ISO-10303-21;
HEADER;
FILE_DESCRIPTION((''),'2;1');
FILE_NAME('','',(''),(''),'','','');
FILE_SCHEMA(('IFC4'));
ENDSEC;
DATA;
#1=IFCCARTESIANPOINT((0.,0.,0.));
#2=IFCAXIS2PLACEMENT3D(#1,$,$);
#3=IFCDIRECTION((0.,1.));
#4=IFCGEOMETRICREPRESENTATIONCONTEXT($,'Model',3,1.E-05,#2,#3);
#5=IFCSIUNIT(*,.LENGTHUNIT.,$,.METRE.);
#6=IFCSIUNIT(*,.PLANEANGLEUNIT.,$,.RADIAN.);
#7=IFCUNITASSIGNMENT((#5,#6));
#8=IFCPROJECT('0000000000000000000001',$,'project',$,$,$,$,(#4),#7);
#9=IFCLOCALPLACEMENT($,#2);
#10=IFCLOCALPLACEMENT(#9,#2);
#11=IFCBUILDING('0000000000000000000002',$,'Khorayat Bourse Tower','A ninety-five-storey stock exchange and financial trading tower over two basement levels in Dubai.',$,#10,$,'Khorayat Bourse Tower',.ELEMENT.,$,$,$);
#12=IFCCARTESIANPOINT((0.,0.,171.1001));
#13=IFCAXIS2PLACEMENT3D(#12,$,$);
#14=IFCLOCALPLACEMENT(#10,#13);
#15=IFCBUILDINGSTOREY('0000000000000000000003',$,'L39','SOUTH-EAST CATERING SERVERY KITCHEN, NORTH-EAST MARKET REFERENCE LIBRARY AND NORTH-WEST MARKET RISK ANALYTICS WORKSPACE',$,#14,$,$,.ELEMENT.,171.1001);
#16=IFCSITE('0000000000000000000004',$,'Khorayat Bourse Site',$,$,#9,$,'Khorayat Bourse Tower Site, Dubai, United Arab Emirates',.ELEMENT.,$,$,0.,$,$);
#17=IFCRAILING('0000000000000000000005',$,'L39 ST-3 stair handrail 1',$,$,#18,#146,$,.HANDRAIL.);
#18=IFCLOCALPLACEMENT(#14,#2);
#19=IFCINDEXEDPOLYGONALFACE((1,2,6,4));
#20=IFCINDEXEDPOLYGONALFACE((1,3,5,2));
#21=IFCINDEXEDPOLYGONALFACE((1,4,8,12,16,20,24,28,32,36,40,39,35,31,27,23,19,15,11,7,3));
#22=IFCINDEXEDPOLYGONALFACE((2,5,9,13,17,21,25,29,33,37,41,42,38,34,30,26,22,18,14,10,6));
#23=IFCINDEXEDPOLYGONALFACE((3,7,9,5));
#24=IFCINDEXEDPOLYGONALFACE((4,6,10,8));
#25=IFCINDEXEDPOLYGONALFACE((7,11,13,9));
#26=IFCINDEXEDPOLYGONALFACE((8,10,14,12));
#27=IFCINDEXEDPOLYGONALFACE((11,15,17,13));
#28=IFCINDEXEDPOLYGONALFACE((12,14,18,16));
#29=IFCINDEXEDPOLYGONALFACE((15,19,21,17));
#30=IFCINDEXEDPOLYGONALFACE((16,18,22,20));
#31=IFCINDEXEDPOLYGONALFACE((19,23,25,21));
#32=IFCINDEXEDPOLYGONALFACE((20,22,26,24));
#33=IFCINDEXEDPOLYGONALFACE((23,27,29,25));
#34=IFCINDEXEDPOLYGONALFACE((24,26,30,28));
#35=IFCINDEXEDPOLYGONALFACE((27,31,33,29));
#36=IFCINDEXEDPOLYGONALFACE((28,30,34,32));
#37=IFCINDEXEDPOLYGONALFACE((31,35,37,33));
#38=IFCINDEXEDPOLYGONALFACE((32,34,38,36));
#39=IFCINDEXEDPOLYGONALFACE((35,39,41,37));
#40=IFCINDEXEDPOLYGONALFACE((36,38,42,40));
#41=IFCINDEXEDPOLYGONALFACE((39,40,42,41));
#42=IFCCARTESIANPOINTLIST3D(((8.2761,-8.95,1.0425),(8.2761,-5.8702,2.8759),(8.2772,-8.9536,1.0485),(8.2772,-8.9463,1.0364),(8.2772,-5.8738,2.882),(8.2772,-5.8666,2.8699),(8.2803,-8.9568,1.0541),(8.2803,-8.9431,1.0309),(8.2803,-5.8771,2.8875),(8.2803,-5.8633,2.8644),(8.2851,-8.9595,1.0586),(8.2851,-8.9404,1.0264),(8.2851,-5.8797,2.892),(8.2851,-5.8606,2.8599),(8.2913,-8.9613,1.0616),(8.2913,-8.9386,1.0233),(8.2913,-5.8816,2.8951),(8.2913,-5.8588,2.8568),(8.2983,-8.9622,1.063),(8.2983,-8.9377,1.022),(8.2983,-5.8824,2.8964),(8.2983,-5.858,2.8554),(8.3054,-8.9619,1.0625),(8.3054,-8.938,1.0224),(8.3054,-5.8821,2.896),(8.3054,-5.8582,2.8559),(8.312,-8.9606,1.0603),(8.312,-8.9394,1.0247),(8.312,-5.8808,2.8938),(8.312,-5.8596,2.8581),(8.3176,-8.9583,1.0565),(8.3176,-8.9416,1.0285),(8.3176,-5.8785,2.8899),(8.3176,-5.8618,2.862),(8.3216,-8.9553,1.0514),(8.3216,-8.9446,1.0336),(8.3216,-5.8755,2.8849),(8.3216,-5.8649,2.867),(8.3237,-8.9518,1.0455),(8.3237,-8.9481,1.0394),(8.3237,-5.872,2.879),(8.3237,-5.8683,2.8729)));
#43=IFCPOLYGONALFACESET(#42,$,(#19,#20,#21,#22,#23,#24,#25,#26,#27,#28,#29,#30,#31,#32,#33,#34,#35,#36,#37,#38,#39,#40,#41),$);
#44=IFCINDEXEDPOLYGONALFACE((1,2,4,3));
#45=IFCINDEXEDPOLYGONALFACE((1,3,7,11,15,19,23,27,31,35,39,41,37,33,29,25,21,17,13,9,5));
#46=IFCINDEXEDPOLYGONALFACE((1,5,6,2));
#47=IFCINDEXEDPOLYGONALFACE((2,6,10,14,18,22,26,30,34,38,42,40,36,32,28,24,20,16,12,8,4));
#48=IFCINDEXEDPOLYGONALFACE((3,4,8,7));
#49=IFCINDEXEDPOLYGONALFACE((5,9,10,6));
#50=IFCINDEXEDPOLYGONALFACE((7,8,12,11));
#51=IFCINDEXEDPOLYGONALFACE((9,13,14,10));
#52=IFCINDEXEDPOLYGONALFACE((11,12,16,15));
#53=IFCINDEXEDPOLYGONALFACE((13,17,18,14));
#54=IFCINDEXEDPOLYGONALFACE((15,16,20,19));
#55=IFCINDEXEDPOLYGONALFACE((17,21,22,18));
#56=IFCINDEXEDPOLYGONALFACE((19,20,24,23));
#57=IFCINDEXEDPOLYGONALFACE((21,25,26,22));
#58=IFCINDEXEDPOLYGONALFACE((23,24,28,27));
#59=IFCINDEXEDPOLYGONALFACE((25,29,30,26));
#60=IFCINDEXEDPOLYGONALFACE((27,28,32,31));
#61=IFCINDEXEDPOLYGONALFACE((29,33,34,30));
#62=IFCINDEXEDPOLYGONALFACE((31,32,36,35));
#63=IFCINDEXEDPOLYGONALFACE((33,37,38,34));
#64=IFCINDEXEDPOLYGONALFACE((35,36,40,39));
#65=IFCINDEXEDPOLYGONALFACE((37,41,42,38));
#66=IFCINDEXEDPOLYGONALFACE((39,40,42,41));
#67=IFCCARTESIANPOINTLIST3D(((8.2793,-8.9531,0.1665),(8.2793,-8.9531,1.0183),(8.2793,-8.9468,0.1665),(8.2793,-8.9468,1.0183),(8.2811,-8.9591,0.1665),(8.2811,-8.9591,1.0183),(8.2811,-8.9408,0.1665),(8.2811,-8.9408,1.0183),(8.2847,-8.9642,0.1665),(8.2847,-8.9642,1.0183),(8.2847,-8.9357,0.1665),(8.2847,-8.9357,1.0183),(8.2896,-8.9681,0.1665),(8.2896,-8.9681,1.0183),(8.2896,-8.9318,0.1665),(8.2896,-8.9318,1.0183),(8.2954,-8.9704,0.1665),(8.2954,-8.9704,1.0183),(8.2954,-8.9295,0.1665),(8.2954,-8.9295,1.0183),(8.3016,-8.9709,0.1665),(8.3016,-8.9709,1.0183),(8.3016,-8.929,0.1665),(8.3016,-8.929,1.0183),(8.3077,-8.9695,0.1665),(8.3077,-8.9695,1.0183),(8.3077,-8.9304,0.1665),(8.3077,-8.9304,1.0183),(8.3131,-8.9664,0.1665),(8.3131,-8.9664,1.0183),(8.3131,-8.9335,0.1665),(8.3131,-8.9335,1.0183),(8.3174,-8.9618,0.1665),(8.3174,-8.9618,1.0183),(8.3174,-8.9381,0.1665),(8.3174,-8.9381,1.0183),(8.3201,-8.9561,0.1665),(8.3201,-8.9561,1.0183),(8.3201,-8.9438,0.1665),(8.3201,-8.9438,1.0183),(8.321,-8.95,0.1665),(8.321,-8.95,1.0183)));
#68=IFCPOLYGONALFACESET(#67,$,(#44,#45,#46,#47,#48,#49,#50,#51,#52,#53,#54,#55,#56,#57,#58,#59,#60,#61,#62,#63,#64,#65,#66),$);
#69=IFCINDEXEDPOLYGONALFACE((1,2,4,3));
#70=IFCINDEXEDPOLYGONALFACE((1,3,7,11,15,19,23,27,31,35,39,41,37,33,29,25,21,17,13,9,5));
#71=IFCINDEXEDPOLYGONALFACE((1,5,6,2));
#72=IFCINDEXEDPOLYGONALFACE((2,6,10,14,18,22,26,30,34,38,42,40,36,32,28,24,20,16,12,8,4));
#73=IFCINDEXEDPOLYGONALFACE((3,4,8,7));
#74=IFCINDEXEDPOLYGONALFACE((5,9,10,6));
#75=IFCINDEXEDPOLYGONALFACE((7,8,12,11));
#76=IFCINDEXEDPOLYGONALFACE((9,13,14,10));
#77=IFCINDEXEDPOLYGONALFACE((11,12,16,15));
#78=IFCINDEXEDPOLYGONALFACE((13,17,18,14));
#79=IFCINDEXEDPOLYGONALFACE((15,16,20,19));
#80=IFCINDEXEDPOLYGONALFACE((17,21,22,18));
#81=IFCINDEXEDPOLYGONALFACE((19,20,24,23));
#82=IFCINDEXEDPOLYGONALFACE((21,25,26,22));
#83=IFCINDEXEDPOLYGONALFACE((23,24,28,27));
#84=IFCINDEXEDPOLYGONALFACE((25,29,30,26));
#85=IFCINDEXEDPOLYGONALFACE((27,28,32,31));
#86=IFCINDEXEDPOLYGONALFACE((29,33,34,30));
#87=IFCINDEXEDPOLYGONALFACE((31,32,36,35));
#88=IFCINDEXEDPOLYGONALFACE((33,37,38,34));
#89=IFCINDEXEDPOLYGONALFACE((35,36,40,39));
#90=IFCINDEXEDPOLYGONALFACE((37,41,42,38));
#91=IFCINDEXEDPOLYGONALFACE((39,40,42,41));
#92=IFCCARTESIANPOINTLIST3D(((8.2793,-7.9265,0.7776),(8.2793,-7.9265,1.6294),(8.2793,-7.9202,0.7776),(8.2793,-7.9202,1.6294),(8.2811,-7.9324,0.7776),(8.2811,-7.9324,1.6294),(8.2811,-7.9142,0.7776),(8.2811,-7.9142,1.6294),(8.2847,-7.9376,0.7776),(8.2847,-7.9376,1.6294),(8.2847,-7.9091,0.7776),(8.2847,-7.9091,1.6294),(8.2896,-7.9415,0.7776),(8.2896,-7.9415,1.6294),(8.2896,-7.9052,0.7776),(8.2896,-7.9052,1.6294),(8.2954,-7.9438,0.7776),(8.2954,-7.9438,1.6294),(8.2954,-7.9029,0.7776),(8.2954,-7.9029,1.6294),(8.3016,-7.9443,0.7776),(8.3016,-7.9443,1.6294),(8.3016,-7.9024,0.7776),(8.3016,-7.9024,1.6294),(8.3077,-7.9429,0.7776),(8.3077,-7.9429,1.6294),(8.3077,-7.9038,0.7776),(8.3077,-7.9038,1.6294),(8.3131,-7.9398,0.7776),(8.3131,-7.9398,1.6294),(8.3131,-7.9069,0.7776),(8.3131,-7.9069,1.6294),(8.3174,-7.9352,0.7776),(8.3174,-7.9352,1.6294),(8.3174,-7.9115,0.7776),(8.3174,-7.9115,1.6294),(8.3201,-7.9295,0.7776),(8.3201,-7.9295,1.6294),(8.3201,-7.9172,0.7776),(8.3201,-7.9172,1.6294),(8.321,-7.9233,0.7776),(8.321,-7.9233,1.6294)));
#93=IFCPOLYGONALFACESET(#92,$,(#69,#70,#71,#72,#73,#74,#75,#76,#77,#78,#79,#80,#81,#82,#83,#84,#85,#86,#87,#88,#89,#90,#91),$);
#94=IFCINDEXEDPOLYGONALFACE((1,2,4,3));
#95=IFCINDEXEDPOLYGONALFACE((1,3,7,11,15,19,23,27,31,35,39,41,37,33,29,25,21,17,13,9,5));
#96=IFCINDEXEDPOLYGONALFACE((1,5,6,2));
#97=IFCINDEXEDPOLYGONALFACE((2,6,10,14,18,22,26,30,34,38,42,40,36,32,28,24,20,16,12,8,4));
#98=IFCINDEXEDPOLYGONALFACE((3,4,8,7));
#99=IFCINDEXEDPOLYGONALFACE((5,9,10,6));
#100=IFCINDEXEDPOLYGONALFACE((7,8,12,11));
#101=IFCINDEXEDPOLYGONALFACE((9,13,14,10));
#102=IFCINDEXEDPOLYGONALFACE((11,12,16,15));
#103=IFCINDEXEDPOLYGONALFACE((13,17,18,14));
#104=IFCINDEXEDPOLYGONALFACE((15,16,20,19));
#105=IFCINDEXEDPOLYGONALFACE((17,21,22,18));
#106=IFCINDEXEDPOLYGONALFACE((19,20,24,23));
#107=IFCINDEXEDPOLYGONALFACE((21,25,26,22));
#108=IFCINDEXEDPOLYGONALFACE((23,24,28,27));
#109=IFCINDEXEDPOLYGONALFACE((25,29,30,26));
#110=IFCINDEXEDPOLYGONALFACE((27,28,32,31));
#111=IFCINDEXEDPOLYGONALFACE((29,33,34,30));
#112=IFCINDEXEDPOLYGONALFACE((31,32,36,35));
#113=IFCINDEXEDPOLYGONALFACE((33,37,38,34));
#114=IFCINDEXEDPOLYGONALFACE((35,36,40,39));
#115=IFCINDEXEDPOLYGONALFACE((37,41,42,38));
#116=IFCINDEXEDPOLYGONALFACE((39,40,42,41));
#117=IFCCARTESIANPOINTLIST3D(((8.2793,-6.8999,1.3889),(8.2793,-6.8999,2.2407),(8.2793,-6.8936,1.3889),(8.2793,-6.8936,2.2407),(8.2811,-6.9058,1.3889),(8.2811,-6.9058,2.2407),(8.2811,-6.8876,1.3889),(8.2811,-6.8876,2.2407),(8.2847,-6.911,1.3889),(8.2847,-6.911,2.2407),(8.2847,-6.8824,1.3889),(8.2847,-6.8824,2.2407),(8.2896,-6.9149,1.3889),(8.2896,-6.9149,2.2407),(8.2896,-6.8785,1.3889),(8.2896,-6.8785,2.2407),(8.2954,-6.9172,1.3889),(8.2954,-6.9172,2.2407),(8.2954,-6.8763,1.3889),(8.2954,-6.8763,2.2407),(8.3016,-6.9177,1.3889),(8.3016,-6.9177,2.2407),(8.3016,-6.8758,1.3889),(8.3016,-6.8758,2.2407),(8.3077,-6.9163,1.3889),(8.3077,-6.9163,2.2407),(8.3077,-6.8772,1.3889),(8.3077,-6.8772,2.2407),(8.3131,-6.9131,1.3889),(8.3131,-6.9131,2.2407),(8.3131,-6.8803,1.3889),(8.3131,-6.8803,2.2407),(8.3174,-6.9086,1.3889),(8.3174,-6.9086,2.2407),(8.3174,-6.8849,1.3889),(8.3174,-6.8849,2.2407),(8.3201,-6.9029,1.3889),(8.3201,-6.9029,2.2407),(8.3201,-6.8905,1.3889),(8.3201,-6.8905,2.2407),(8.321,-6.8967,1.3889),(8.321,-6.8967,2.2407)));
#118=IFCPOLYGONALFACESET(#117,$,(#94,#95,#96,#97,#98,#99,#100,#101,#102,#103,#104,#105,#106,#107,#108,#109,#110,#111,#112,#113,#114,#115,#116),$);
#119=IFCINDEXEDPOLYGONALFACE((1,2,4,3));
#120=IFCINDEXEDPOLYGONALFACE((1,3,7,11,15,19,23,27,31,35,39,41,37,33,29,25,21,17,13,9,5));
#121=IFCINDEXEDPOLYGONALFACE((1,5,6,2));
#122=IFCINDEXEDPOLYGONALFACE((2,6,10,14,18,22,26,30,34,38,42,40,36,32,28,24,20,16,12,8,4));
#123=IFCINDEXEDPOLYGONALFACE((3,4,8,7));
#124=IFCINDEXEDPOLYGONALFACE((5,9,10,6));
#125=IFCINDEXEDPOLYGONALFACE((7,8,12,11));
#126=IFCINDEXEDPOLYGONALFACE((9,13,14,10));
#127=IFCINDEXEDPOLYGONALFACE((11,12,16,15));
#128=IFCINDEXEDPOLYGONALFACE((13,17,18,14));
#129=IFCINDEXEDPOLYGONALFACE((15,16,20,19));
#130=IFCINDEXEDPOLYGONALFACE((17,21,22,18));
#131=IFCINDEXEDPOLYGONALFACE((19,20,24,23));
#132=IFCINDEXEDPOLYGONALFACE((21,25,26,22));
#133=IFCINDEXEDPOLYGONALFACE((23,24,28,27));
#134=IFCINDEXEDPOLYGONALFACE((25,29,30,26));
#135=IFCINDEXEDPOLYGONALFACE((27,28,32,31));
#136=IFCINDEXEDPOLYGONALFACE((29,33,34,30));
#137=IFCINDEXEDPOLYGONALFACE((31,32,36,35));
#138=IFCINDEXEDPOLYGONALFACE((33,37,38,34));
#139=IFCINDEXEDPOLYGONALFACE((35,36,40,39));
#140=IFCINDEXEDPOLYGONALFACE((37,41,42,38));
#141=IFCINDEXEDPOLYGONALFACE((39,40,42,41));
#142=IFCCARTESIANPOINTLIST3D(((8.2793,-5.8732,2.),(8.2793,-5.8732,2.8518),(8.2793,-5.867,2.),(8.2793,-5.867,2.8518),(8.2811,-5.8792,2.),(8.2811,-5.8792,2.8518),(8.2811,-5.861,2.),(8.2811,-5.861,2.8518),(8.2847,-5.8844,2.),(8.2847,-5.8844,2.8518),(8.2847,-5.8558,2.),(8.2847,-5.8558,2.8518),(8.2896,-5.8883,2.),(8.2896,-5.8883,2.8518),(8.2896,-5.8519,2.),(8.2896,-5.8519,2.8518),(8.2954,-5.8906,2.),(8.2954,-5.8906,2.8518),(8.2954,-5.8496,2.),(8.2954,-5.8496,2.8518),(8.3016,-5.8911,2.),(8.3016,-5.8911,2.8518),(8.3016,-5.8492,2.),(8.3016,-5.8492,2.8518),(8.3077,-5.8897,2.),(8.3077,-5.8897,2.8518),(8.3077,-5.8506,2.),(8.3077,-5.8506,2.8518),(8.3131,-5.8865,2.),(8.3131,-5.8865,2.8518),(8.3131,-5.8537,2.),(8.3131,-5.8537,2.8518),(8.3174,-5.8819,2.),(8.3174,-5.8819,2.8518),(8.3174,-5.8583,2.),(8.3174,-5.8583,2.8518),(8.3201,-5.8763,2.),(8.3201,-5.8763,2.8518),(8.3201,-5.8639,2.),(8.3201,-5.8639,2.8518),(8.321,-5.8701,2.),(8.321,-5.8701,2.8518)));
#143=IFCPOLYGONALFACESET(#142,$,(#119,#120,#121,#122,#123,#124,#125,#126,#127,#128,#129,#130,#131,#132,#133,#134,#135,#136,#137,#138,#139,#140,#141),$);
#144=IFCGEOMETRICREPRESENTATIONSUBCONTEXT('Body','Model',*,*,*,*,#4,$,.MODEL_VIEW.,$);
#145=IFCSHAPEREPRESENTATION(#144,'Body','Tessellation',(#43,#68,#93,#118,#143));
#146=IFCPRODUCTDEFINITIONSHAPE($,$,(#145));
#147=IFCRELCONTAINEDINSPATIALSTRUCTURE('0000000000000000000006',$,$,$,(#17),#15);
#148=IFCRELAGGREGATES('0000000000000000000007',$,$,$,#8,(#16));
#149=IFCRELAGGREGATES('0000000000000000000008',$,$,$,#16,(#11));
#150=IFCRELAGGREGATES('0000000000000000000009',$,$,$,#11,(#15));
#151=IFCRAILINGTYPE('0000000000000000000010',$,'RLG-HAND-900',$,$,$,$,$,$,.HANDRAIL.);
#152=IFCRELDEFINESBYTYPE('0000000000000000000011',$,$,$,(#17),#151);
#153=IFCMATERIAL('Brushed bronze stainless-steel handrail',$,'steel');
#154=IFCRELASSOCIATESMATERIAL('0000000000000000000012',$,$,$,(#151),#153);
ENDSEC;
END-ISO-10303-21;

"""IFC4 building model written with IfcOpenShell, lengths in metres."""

from ifc_helpers import new_model, si_unit, direction, frame, origin, origin_2d, place, context, subcontext, project, spatial, circle, extrude, source, transform, mapped, material, type_object, element, save


model = new_model("IFC4")

# Units and contexts
model_context = context("Model", 3, precision=1e-05, world=origin(), true_north=direction((0.0, 1.0)))
body_context = subcontext(model_context, "Body", "Model", "MODEL_VIEW")
ifc_project = project(units=[si_unit("LENGTHUNIT", "METRE"), si_unit("PLANEANGLEUNIT", "RADIAN")], contexts=[model_context])

# Site, building, storey
site_placement = place(None, origin())
site = spatial("IfcSite", under=ifc_project, at=site_placement, Name="Khorayat Bourse Site", LongName="Khorayat Bourse Tower Site, Dubai, United Arab Emirates", CompositionType="ELEMENT", RefElevation=0.0)
building_placement = place(site_placement, origin())
building = spatial("IfcBuilding", under=site, at=building_placement, Name="Khorayat Bourse Tower", Description="A ninety-five-storey stock exchange and financial trading tower over two basement levels in Dubai.", LongName="Khorayat Bourse Tower", CompositionType="ELEMENT")
storey_placement = place(building_placement, frame((0.0, 0.0, 171.1001)))
storey = spatial("IfcBuildingStorey", under=building, at=storey_placement, Name="L39", Description="SOUTH-EAST CATERING SERVERY KITCHEN, NORTH-EAST MARKET REFERENCE LIBRARY AND NORTH-WEST MARKET RISK ANALYTICS WORKSPACE", CompositionType="ELEMENT", Elevation=171.1001)

# Railing
ifc_material_1 = material(Name="Brushed bronze stainless-steel handrail", Category="steel")
railing_type_1 = type_object("IfcRailingType", Name="RLG-HAND-900", PredefinedType="HANDRAIL", material=ifc_material_1)
shared_shape_1 = source(origin(), body_context, "Body", "SweptSolid", [
    extrude(circle(Radius=0.0239, at=origin_2d()), frame((0.0, 0.0, 0.876), z_axis=(0.0, 0.859261, 0.511538), x_axis=(-1.0, 0.0, 0.0)), (0.0, 0.0, 1.0), 3.5842),
    extrude(circle(Radius=0.021, at=origin_2d()), origin(), (0.0, 0.0, 1.0), 0.8518),
    extrude(circle(Radius=0.021, at=origin_2d()), frame((0.0, 1.0266, 0.6111)), (0.0, 0.0, 1.0), 0.8518),
    extrude(circle(Radius=0.021, at=origin_2d()), frame((0.0, 2.0532, 1.2224)), (0.0, 0.0, 1.0), 0.8518),
    extrude(circle(Radius=0.021, at=origin_2d()), frame((0.0, 3.0798, 1.8335)), (0.0, 0.0, 1.0), 0.8518),
])
railing_1_placement = place(storey_placement, frame((8.3, -8.95, 0.1665)))
element("IfcRailing", 1, at=railing_1_placement, inside=storey, type_object=railing_type_1, Name="L39 ST-3 stair handrail 1", PredefinedType="HANDRAIL", context=body_context, shape_type="MappedRepresentation", body=[
    mapped(shared_shape_1, transform((0.0, 0.0, 0.0), scale=1.0)),
])

save(model, "model.ifc")
